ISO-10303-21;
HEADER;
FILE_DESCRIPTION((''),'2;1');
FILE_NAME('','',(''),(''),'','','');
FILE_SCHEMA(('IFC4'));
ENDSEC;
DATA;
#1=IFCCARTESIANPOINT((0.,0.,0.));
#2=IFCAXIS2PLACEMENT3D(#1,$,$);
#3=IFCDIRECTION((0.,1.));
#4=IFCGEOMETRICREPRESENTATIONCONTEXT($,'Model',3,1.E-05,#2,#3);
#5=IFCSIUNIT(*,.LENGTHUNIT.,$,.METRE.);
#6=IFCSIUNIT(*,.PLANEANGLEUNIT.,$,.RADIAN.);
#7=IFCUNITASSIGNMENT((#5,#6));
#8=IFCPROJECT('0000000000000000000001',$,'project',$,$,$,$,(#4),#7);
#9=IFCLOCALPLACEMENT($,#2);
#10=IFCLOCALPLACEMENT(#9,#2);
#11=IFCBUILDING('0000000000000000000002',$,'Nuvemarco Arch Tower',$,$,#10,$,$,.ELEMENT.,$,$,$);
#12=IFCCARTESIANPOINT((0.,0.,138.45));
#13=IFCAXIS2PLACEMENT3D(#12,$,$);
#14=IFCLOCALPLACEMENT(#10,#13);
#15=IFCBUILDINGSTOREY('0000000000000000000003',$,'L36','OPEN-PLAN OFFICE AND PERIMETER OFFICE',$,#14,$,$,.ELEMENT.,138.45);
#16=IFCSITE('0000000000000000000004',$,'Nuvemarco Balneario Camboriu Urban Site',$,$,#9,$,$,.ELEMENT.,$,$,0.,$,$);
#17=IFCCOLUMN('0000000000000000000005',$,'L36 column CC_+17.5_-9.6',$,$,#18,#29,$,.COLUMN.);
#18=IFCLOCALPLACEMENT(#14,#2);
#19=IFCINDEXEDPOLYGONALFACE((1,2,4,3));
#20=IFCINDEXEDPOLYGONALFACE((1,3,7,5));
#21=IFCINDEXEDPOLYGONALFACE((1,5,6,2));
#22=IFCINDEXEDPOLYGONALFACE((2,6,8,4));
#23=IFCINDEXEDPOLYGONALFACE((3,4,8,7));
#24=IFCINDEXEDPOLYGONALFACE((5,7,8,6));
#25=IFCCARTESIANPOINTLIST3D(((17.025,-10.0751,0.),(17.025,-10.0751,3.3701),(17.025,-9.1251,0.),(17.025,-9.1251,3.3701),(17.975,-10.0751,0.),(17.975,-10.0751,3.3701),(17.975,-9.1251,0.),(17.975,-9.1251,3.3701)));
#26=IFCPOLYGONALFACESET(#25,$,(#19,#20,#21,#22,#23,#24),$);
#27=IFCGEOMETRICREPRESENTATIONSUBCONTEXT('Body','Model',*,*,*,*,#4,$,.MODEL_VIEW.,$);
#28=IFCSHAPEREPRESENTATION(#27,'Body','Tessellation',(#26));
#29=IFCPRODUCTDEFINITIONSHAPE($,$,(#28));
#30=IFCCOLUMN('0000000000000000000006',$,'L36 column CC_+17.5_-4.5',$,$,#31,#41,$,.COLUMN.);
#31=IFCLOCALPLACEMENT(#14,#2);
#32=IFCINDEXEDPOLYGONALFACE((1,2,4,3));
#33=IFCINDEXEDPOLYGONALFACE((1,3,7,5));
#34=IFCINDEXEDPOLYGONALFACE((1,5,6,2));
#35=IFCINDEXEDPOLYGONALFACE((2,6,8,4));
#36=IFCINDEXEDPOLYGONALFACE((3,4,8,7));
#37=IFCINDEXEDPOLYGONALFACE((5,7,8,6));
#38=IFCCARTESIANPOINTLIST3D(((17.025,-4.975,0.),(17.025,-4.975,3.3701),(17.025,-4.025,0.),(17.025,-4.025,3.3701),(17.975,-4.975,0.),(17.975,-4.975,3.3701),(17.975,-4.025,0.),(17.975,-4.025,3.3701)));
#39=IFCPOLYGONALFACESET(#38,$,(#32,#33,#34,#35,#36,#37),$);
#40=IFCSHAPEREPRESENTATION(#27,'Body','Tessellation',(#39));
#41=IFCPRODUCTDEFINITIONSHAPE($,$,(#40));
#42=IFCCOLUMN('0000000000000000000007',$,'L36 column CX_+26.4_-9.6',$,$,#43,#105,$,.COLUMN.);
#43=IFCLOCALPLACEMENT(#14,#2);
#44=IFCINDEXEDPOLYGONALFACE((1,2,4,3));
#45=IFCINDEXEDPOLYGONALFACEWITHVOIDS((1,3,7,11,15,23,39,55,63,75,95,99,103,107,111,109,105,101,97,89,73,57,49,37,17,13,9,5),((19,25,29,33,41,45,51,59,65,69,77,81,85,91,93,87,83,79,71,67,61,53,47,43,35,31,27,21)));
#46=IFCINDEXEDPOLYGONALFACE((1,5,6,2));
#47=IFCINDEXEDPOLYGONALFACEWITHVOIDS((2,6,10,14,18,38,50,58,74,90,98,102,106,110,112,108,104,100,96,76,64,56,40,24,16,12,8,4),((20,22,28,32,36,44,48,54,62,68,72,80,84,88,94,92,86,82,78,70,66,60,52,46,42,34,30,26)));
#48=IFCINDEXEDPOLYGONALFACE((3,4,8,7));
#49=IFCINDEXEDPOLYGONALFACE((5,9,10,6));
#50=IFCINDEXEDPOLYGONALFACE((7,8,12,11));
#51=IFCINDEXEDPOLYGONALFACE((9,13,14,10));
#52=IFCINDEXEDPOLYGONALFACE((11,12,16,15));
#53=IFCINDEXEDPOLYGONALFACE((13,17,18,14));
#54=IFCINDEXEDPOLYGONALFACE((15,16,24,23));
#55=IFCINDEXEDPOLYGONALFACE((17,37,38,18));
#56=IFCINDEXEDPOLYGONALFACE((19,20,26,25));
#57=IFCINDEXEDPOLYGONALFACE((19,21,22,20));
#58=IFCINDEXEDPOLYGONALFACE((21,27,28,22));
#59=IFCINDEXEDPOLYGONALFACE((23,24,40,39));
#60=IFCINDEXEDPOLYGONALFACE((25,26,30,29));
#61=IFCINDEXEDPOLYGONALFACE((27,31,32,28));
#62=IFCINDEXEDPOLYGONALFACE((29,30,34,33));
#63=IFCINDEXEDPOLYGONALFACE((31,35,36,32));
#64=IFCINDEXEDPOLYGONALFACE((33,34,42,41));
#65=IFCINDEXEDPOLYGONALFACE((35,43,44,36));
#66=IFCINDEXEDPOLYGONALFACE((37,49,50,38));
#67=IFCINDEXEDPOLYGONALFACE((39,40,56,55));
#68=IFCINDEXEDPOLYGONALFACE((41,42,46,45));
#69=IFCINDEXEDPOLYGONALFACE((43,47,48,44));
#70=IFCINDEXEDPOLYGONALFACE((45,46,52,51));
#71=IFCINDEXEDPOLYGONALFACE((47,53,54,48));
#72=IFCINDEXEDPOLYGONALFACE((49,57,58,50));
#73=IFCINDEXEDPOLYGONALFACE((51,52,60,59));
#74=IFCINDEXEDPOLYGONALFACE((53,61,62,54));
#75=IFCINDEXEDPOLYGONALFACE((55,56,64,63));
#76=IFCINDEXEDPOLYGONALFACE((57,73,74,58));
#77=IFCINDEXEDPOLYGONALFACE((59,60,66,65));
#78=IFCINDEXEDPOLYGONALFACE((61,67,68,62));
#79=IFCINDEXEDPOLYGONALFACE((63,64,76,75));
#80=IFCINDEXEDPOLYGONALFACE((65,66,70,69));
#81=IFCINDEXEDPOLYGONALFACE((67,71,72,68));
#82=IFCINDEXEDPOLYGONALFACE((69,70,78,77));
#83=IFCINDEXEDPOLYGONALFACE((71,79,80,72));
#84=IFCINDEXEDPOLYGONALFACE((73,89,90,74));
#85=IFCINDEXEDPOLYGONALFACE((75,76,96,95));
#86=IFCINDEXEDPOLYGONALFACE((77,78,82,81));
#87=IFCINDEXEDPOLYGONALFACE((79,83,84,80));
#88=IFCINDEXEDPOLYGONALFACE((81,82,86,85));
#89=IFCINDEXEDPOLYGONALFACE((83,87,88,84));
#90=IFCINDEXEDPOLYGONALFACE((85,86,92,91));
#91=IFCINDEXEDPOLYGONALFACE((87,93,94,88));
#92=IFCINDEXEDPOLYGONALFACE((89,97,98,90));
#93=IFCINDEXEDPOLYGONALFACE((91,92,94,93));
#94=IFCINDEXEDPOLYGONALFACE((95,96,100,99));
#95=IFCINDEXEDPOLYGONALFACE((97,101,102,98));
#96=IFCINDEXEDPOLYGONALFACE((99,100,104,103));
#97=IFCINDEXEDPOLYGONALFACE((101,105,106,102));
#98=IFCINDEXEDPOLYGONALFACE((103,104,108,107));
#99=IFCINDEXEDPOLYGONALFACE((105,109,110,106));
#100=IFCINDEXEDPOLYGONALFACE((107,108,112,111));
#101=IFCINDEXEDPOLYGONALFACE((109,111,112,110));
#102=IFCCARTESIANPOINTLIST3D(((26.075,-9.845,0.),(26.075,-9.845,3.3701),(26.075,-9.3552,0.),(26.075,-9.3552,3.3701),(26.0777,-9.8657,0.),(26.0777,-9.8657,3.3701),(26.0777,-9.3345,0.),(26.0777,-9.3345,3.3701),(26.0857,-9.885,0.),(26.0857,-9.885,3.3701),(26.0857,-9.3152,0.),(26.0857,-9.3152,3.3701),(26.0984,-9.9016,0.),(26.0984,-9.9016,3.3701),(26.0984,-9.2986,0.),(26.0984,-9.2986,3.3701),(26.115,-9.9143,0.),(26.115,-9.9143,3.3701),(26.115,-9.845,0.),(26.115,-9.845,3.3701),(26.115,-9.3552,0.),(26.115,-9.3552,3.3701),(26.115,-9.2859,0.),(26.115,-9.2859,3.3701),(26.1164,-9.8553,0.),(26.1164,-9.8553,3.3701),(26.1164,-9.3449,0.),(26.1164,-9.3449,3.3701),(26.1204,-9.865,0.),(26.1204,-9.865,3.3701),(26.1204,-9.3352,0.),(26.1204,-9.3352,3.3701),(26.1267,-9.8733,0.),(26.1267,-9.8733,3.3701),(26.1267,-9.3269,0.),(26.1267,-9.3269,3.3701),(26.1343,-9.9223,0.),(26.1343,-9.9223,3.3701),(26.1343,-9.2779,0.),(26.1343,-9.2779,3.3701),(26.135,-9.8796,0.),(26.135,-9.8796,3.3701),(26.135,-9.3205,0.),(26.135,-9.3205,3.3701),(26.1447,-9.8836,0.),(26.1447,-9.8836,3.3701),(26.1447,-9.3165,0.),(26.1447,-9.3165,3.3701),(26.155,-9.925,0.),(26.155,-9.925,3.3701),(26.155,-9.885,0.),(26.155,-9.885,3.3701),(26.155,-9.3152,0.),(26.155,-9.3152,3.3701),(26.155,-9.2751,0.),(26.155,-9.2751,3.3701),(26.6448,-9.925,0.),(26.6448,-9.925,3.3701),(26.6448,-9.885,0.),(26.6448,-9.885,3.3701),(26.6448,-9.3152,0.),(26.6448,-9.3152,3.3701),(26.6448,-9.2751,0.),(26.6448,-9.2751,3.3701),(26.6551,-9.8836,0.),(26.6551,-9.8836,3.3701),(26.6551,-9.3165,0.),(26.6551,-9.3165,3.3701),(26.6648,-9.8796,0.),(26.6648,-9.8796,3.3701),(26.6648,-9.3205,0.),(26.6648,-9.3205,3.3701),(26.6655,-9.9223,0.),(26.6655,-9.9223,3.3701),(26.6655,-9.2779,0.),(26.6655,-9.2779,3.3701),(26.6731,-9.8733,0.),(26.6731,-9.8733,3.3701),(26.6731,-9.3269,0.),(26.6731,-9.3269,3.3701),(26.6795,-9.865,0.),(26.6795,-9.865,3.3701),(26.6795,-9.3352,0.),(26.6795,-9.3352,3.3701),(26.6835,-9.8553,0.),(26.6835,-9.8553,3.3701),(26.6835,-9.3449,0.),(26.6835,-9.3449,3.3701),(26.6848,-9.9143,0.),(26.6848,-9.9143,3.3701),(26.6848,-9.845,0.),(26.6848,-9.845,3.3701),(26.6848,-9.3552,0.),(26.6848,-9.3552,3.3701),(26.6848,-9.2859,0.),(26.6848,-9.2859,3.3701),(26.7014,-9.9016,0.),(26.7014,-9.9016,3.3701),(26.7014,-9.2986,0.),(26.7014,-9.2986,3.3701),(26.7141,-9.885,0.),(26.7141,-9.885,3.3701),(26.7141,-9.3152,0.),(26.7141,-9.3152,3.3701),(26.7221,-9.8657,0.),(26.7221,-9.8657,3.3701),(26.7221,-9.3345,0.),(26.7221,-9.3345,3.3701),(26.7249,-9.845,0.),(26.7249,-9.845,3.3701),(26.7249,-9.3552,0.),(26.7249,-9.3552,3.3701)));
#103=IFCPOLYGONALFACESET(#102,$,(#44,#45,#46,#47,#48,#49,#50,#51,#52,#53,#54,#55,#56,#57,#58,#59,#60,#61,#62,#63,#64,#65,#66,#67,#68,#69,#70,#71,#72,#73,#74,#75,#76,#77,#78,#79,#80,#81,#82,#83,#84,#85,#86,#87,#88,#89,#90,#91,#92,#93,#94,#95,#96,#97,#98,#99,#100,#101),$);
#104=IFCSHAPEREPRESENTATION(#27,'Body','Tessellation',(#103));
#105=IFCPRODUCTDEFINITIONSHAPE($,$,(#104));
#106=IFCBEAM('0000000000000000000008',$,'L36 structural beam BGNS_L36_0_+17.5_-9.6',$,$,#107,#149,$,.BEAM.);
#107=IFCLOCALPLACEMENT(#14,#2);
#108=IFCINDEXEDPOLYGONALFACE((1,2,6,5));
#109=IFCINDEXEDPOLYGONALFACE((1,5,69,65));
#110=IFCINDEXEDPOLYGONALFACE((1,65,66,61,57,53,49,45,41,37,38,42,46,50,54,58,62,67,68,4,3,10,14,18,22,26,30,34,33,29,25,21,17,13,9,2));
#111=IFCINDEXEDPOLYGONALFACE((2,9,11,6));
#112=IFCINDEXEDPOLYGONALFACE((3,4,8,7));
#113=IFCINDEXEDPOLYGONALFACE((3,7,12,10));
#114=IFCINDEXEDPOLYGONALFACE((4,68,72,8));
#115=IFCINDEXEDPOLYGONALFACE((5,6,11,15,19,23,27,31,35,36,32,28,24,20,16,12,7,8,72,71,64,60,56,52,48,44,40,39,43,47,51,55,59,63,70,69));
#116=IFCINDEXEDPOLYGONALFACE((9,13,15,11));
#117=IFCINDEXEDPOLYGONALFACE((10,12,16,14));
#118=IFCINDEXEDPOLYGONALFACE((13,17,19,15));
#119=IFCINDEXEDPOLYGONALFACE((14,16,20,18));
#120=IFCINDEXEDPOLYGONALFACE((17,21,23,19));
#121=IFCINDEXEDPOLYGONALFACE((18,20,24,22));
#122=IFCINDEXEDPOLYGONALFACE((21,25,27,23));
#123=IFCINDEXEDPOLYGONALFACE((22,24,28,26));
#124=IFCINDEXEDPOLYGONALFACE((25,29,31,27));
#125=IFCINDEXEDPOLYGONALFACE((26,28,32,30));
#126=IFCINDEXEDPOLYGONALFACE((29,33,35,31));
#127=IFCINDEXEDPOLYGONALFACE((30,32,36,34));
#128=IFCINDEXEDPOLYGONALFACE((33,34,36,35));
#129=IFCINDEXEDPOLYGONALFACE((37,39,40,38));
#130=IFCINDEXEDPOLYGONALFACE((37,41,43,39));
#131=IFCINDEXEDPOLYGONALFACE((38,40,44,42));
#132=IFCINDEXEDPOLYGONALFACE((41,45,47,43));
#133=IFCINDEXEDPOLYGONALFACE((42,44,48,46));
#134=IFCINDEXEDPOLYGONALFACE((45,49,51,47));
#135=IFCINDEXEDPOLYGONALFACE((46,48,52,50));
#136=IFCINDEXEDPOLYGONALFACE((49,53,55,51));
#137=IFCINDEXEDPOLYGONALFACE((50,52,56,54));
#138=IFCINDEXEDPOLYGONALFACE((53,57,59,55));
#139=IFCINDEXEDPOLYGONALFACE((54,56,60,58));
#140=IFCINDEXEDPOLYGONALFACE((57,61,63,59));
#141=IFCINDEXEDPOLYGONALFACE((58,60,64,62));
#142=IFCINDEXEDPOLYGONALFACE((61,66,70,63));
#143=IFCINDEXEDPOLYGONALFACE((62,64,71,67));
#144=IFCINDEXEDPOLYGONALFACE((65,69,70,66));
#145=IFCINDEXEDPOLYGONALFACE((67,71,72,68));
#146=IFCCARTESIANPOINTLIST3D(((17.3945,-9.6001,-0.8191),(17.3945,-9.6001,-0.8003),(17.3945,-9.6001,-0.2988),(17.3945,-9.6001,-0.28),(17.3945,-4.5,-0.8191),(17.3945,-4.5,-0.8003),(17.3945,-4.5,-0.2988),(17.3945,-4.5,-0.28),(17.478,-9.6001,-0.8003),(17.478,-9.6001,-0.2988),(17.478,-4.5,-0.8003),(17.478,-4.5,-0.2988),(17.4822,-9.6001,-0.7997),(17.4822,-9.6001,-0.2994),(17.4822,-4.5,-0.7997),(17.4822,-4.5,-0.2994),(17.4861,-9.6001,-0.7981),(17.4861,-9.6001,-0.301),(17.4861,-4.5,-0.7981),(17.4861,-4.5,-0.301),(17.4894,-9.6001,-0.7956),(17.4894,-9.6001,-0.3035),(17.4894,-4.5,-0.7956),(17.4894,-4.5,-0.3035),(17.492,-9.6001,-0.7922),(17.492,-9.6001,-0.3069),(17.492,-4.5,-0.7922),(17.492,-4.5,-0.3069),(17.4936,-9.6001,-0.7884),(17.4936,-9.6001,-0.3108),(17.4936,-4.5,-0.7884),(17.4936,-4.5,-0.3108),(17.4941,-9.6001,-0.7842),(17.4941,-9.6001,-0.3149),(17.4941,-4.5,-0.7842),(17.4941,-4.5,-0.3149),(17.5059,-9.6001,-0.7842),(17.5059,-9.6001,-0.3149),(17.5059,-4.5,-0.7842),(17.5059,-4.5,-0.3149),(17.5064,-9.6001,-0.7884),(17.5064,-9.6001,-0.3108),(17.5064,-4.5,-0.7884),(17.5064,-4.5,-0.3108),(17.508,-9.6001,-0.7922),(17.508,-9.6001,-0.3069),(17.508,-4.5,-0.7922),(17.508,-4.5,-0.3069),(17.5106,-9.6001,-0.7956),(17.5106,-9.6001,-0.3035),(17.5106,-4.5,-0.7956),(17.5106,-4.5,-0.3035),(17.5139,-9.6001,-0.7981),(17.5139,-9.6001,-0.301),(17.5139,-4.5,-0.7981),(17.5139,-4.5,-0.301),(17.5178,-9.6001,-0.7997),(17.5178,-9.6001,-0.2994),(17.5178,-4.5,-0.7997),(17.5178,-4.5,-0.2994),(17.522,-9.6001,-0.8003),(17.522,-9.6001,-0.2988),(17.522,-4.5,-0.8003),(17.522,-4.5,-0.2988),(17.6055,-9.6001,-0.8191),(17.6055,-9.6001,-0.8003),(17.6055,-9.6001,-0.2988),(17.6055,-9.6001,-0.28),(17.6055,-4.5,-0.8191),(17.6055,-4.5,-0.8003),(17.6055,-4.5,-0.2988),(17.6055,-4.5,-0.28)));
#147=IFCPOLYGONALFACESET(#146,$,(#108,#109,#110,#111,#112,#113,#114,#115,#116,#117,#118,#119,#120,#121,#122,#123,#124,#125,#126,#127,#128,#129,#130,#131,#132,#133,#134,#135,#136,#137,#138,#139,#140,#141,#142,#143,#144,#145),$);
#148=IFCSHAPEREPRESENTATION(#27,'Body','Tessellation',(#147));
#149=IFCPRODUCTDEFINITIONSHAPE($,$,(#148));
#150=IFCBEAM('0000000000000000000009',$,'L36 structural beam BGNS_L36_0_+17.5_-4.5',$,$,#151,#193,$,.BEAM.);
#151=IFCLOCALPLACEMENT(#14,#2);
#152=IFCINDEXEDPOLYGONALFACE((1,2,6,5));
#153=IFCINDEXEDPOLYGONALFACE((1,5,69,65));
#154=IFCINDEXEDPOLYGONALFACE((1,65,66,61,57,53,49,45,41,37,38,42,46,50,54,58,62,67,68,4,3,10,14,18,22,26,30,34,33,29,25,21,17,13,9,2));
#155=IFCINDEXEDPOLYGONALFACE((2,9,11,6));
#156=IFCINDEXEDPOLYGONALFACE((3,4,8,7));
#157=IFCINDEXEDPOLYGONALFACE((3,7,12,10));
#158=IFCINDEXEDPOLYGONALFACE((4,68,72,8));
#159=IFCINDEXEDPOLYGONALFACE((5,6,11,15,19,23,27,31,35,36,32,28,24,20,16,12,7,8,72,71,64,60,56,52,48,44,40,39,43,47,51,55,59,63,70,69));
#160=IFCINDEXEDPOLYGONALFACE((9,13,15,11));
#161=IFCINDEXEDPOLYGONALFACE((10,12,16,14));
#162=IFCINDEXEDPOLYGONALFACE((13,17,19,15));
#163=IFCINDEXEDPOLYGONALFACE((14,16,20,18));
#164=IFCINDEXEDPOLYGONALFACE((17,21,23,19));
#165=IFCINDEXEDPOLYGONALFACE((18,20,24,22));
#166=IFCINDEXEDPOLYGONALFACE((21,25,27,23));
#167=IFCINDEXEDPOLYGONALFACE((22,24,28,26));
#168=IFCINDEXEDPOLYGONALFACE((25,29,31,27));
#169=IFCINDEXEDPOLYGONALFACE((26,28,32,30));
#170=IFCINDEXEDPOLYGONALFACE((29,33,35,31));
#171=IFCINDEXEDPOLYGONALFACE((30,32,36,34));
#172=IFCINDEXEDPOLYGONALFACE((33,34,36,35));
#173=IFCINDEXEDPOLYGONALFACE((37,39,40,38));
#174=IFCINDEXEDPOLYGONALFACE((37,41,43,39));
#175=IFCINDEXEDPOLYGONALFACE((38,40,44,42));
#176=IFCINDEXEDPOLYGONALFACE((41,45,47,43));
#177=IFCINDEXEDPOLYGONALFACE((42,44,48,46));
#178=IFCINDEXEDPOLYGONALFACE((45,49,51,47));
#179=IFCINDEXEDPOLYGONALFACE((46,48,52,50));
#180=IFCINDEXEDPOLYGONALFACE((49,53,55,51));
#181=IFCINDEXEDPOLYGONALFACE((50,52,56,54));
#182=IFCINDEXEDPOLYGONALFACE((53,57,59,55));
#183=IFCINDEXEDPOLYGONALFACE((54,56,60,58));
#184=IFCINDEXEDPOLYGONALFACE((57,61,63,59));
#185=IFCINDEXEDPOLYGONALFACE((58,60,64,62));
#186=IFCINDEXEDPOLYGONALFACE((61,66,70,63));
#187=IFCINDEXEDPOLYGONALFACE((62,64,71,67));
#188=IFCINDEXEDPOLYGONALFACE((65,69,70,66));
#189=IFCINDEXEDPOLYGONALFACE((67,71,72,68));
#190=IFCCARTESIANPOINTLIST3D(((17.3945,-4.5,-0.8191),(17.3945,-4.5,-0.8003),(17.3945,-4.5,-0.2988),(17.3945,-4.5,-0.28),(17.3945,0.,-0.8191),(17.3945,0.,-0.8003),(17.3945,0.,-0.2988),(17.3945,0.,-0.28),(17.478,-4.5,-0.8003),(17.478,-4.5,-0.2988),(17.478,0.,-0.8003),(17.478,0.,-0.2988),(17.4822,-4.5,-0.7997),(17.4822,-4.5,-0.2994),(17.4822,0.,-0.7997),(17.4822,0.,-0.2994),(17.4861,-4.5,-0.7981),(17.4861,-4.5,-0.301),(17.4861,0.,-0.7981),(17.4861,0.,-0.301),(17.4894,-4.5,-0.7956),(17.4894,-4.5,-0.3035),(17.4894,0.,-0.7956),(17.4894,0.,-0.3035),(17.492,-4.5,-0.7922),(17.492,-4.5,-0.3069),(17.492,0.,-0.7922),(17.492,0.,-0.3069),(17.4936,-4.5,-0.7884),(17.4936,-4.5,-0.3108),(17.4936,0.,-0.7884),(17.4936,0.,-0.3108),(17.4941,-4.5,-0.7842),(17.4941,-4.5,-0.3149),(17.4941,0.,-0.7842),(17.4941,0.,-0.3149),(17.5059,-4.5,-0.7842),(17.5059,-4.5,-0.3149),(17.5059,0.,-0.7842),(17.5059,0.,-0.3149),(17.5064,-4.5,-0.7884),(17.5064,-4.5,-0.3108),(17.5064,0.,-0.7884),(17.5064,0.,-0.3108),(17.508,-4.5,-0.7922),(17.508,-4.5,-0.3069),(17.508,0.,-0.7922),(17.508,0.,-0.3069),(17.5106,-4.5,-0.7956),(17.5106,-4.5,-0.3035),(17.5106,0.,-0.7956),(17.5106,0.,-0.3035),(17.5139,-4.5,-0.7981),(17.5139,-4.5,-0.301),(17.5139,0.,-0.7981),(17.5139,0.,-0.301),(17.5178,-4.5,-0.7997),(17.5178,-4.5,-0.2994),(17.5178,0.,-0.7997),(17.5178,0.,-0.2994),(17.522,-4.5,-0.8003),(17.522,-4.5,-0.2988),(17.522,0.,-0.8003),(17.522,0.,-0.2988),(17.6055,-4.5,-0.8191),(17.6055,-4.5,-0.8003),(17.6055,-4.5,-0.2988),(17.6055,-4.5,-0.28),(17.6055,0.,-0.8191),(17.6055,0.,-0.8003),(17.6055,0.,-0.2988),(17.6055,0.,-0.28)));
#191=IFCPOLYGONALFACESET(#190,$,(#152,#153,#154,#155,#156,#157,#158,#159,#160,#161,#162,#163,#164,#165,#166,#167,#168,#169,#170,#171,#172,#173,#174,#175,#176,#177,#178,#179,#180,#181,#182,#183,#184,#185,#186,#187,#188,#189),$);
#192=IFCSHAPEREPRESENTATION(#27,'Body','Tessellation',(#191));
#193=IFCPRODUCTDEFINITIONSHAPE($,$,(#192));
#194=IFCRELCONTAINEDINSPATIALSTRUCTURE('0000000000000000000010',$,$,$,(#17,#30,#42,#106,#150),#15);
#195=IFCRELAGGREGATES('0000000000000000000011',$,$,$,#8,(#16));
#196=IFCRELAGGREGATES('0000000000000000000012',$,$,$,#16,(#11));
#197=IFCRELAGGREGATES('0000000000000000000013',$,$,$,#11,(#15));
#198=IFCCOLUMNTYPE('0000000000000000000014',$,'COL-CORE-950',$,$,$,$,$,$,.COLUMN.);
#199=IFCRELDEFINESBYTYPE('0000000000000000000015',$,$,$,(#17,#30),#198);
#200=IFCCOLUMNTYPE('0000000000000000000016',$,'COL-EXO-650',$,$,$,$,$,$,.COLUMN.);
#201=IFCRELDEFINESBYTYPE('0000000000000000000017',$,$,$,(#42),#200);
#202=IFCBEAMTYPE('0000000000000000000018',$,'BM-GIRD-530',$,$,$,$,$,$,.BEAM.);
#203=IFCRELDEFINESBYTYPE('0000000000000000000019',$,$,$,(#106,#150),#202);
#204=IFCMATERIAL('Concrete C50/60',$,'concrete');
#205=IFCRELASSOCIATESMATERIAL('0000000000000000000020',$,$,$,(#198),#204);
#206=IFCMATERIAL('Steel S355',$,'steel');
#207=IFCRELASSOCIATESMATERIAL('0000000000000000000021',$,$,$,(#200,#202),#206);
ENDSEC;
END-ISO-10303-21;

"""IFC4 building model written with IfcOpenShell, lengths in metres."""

from ifc_helpers import new_model, si_unit, direction, frame, origin, origin_2d, place, context, subcontext, project, spatial, rectangle, hollow_rectangle, i_section, extrude, material, material_profile, profile_set, type_object, element, save


model = new_model("IFC4")

# Units and contexts
model_context = context("Model", 3, precision=1e-05, world=origin(), true_north=direction((0.0, 1.0)))
body_context = subcontext(model_context, "Body", "Model", "MODEL_VIEW")
ifc_project = project(units=[si_unit("LENGTHUNIT", "METRE"), si_unit("PLANEANGLEUNIT", "RADIAN")], contexts=[model_context])

# Site, building, storey
site_placement = place(None, origin())
site = spatial("IfcSite", under=ifc_project, at=site_placement, Name="Nuvemarco Balneario Camboriu Urban Site", CompositionType="ELEMENT", RefElevation=0.0)
building_placement = place(site_placement, origin())
building = spatial("IfcBuilding", under=site, at=building_placement, Name="Nuvemarco Arch Tower", CompositionType="ELEMENT")
storey_placement = place(building_placement, frame((0.0, 0.0, 138.45)))
storey = spatial("IfcBuildingStorey", under=building, at=storey_placement, Name="L36", Description="OPEN-PLAN OFFICE AND PERIMETER OFFICE", CompositionType="ELEMENT", Elevation=138.45)

# Columns
ifc_material_1 = material(Name="Concrete C50/60", Category="concrete")
ifc_material_profile_1 = material_profile(ifc_material_1, rectangle(XDim=0.95, YDim=0.95, at=origin_2d()), Name="RC-COL-950x950")
ifc_profile_set_1 = profile_set([ifc_material_profile_1], Name="Concrete C50/60")
column_type_1 = type_object("IfcColumnType", Name="COL-CORE-950", PredefinedType="COLUMN", material=ifc_profile_set_1)
for number, where, z_axis, x_axis, name in (
    (1, (17.5, -9.6001, 0.0), (0.0, 0.0, 1.0), (1.0, 0.0, 0.0), "L36 column CC_+17.5_-9.6"),
    (2, (17.5, -4.5, 0.0), (0.0, 0.0, 1.0), (1.0, 0.0, 0.0), "L36 column CC_+17.5_-4.5"),
):
    element("IfcColumn", number, at=place(storey_placement, frame(where, z_axis=z_axis, x_axis=x_axis)), inside=storey, type_object=column_type_1, Name=name, PredefinedType="COLUMN", context=body_context, shape_type="SweptSolid", body=[
        extrude(rectangle(XDim=0.95, YDim=0.95, at=origin_2d()), origin(), (0.0, 0.0, 1.0), 3.3701),
    ])
ifc_material_2 = material(Name="Steel S355", Category="steel")
ifc_material_profile_2 = material_profile(ifc_material_2, hollow_rectangle(XDim=0.6499, YDim=0.6499, WallThickness=0.04, InnerFilletRadius=0.04, OuterFilletRadius=0.0801, at=origin_2d()), Name="SHS650x650x40")
ifc_profile_set_2 = profile_set([ifc_material_profile_2], Name="Steel S355")
column_type_2 = type_object("IfcColumnType", Name="COL-EXO-650", PredefinedType="COLUMN", material=ifc_profile_set_2)
column_placement = place(storey_placement, frame((26.3999, -9.6001, 0.0), z_axis=(0.0, 0.0, 1.0), x_axis=(1.0, 0.0, 0.0)))
element("IfcColumn", 3, at=column_placement, inside=storey, type_object=column_type_2, Name="L36 column CX_+26.4_-9.6", PredefinedType="COLUMN", context=body_context, shape_type="SweptSolid", body=[
    extrude(hollow_rectangle(XDim=0.6499, YDim=0.6499, WallThickness=0.04, InnerFilletRadius=0.04, OuterFilletRadius=0.0801, at=origin_2d()), origin(), (0.0, 0.0, 1.0), 3.3701),
])

# Beams
ifc_material_profile_3 = material_profile(ifc_material_2, i_section(OverallWidth=0.2109, OverallDepth=0.5391, WebThickness=0.0117, FlangeThickness=0.0188, FilletRadius=0.0161, at=origin_2d()), Name="W530x109")
ifc_profile_set_3 = profile_set([ifc_material_profile_3], Name="Steel S355")
beam_type_1 = type_object("IfcBeamType", Name="BM-GIRD-530", PredefinedType="BEAM", material=ifc_profile_set_3)
beam_1_placement = place(storey_placement, frame((17.5, -9.6001, -0.5496), z_axis=(0.0, 1.0, 0.0), x_axis=(-1.0, 0.0, 0.0)))
element("IfcBeam", 4, at=beam_1_placement, inside=storey, type_object=beam_type_1, Name="L36 structural beam BGNS_L36_0_+17.5_-9.6", PredefinedType="BEAM", context=body_context, shape_type="SweptSolid", body=[
    extrude(i_section(OverallWidth=0.2109, OverallDepth=0.5391, WebThickness=0.0117, FlangeThickness=0.0188, FilletRadius=0.0161, at=origin_2d()), origin(), (0.0, 0.0, 1.0), 5.1001),
])
beam_2_placement = place(storey_placement, frame((17.5, -4.5, -0.5496), z_axis=(0.0, 1.0, 0.0), x_axis=(-1.0, 0.0, 0.0)))
element("IfcBeam", 5, at=beam_2_placement, inside=storey, type_object=beam_type_1, Name="L36 structural beam BGNS_L36_0_+17.5_-4.5", PredefinedType="BEAM", context=body_context, shape_type="SweptSolid", body=[
    extrude(i_section(OverallWidth=0.2109, OverallDepth=0.5391, WebThickness=0.0117, FlangeThickness=0.0188, FilletRadius=0.0161, at=origin_2d()), origin(), (0.0, 0.0, 1.0), 4.5),
])

save(model, "model.ifc")
